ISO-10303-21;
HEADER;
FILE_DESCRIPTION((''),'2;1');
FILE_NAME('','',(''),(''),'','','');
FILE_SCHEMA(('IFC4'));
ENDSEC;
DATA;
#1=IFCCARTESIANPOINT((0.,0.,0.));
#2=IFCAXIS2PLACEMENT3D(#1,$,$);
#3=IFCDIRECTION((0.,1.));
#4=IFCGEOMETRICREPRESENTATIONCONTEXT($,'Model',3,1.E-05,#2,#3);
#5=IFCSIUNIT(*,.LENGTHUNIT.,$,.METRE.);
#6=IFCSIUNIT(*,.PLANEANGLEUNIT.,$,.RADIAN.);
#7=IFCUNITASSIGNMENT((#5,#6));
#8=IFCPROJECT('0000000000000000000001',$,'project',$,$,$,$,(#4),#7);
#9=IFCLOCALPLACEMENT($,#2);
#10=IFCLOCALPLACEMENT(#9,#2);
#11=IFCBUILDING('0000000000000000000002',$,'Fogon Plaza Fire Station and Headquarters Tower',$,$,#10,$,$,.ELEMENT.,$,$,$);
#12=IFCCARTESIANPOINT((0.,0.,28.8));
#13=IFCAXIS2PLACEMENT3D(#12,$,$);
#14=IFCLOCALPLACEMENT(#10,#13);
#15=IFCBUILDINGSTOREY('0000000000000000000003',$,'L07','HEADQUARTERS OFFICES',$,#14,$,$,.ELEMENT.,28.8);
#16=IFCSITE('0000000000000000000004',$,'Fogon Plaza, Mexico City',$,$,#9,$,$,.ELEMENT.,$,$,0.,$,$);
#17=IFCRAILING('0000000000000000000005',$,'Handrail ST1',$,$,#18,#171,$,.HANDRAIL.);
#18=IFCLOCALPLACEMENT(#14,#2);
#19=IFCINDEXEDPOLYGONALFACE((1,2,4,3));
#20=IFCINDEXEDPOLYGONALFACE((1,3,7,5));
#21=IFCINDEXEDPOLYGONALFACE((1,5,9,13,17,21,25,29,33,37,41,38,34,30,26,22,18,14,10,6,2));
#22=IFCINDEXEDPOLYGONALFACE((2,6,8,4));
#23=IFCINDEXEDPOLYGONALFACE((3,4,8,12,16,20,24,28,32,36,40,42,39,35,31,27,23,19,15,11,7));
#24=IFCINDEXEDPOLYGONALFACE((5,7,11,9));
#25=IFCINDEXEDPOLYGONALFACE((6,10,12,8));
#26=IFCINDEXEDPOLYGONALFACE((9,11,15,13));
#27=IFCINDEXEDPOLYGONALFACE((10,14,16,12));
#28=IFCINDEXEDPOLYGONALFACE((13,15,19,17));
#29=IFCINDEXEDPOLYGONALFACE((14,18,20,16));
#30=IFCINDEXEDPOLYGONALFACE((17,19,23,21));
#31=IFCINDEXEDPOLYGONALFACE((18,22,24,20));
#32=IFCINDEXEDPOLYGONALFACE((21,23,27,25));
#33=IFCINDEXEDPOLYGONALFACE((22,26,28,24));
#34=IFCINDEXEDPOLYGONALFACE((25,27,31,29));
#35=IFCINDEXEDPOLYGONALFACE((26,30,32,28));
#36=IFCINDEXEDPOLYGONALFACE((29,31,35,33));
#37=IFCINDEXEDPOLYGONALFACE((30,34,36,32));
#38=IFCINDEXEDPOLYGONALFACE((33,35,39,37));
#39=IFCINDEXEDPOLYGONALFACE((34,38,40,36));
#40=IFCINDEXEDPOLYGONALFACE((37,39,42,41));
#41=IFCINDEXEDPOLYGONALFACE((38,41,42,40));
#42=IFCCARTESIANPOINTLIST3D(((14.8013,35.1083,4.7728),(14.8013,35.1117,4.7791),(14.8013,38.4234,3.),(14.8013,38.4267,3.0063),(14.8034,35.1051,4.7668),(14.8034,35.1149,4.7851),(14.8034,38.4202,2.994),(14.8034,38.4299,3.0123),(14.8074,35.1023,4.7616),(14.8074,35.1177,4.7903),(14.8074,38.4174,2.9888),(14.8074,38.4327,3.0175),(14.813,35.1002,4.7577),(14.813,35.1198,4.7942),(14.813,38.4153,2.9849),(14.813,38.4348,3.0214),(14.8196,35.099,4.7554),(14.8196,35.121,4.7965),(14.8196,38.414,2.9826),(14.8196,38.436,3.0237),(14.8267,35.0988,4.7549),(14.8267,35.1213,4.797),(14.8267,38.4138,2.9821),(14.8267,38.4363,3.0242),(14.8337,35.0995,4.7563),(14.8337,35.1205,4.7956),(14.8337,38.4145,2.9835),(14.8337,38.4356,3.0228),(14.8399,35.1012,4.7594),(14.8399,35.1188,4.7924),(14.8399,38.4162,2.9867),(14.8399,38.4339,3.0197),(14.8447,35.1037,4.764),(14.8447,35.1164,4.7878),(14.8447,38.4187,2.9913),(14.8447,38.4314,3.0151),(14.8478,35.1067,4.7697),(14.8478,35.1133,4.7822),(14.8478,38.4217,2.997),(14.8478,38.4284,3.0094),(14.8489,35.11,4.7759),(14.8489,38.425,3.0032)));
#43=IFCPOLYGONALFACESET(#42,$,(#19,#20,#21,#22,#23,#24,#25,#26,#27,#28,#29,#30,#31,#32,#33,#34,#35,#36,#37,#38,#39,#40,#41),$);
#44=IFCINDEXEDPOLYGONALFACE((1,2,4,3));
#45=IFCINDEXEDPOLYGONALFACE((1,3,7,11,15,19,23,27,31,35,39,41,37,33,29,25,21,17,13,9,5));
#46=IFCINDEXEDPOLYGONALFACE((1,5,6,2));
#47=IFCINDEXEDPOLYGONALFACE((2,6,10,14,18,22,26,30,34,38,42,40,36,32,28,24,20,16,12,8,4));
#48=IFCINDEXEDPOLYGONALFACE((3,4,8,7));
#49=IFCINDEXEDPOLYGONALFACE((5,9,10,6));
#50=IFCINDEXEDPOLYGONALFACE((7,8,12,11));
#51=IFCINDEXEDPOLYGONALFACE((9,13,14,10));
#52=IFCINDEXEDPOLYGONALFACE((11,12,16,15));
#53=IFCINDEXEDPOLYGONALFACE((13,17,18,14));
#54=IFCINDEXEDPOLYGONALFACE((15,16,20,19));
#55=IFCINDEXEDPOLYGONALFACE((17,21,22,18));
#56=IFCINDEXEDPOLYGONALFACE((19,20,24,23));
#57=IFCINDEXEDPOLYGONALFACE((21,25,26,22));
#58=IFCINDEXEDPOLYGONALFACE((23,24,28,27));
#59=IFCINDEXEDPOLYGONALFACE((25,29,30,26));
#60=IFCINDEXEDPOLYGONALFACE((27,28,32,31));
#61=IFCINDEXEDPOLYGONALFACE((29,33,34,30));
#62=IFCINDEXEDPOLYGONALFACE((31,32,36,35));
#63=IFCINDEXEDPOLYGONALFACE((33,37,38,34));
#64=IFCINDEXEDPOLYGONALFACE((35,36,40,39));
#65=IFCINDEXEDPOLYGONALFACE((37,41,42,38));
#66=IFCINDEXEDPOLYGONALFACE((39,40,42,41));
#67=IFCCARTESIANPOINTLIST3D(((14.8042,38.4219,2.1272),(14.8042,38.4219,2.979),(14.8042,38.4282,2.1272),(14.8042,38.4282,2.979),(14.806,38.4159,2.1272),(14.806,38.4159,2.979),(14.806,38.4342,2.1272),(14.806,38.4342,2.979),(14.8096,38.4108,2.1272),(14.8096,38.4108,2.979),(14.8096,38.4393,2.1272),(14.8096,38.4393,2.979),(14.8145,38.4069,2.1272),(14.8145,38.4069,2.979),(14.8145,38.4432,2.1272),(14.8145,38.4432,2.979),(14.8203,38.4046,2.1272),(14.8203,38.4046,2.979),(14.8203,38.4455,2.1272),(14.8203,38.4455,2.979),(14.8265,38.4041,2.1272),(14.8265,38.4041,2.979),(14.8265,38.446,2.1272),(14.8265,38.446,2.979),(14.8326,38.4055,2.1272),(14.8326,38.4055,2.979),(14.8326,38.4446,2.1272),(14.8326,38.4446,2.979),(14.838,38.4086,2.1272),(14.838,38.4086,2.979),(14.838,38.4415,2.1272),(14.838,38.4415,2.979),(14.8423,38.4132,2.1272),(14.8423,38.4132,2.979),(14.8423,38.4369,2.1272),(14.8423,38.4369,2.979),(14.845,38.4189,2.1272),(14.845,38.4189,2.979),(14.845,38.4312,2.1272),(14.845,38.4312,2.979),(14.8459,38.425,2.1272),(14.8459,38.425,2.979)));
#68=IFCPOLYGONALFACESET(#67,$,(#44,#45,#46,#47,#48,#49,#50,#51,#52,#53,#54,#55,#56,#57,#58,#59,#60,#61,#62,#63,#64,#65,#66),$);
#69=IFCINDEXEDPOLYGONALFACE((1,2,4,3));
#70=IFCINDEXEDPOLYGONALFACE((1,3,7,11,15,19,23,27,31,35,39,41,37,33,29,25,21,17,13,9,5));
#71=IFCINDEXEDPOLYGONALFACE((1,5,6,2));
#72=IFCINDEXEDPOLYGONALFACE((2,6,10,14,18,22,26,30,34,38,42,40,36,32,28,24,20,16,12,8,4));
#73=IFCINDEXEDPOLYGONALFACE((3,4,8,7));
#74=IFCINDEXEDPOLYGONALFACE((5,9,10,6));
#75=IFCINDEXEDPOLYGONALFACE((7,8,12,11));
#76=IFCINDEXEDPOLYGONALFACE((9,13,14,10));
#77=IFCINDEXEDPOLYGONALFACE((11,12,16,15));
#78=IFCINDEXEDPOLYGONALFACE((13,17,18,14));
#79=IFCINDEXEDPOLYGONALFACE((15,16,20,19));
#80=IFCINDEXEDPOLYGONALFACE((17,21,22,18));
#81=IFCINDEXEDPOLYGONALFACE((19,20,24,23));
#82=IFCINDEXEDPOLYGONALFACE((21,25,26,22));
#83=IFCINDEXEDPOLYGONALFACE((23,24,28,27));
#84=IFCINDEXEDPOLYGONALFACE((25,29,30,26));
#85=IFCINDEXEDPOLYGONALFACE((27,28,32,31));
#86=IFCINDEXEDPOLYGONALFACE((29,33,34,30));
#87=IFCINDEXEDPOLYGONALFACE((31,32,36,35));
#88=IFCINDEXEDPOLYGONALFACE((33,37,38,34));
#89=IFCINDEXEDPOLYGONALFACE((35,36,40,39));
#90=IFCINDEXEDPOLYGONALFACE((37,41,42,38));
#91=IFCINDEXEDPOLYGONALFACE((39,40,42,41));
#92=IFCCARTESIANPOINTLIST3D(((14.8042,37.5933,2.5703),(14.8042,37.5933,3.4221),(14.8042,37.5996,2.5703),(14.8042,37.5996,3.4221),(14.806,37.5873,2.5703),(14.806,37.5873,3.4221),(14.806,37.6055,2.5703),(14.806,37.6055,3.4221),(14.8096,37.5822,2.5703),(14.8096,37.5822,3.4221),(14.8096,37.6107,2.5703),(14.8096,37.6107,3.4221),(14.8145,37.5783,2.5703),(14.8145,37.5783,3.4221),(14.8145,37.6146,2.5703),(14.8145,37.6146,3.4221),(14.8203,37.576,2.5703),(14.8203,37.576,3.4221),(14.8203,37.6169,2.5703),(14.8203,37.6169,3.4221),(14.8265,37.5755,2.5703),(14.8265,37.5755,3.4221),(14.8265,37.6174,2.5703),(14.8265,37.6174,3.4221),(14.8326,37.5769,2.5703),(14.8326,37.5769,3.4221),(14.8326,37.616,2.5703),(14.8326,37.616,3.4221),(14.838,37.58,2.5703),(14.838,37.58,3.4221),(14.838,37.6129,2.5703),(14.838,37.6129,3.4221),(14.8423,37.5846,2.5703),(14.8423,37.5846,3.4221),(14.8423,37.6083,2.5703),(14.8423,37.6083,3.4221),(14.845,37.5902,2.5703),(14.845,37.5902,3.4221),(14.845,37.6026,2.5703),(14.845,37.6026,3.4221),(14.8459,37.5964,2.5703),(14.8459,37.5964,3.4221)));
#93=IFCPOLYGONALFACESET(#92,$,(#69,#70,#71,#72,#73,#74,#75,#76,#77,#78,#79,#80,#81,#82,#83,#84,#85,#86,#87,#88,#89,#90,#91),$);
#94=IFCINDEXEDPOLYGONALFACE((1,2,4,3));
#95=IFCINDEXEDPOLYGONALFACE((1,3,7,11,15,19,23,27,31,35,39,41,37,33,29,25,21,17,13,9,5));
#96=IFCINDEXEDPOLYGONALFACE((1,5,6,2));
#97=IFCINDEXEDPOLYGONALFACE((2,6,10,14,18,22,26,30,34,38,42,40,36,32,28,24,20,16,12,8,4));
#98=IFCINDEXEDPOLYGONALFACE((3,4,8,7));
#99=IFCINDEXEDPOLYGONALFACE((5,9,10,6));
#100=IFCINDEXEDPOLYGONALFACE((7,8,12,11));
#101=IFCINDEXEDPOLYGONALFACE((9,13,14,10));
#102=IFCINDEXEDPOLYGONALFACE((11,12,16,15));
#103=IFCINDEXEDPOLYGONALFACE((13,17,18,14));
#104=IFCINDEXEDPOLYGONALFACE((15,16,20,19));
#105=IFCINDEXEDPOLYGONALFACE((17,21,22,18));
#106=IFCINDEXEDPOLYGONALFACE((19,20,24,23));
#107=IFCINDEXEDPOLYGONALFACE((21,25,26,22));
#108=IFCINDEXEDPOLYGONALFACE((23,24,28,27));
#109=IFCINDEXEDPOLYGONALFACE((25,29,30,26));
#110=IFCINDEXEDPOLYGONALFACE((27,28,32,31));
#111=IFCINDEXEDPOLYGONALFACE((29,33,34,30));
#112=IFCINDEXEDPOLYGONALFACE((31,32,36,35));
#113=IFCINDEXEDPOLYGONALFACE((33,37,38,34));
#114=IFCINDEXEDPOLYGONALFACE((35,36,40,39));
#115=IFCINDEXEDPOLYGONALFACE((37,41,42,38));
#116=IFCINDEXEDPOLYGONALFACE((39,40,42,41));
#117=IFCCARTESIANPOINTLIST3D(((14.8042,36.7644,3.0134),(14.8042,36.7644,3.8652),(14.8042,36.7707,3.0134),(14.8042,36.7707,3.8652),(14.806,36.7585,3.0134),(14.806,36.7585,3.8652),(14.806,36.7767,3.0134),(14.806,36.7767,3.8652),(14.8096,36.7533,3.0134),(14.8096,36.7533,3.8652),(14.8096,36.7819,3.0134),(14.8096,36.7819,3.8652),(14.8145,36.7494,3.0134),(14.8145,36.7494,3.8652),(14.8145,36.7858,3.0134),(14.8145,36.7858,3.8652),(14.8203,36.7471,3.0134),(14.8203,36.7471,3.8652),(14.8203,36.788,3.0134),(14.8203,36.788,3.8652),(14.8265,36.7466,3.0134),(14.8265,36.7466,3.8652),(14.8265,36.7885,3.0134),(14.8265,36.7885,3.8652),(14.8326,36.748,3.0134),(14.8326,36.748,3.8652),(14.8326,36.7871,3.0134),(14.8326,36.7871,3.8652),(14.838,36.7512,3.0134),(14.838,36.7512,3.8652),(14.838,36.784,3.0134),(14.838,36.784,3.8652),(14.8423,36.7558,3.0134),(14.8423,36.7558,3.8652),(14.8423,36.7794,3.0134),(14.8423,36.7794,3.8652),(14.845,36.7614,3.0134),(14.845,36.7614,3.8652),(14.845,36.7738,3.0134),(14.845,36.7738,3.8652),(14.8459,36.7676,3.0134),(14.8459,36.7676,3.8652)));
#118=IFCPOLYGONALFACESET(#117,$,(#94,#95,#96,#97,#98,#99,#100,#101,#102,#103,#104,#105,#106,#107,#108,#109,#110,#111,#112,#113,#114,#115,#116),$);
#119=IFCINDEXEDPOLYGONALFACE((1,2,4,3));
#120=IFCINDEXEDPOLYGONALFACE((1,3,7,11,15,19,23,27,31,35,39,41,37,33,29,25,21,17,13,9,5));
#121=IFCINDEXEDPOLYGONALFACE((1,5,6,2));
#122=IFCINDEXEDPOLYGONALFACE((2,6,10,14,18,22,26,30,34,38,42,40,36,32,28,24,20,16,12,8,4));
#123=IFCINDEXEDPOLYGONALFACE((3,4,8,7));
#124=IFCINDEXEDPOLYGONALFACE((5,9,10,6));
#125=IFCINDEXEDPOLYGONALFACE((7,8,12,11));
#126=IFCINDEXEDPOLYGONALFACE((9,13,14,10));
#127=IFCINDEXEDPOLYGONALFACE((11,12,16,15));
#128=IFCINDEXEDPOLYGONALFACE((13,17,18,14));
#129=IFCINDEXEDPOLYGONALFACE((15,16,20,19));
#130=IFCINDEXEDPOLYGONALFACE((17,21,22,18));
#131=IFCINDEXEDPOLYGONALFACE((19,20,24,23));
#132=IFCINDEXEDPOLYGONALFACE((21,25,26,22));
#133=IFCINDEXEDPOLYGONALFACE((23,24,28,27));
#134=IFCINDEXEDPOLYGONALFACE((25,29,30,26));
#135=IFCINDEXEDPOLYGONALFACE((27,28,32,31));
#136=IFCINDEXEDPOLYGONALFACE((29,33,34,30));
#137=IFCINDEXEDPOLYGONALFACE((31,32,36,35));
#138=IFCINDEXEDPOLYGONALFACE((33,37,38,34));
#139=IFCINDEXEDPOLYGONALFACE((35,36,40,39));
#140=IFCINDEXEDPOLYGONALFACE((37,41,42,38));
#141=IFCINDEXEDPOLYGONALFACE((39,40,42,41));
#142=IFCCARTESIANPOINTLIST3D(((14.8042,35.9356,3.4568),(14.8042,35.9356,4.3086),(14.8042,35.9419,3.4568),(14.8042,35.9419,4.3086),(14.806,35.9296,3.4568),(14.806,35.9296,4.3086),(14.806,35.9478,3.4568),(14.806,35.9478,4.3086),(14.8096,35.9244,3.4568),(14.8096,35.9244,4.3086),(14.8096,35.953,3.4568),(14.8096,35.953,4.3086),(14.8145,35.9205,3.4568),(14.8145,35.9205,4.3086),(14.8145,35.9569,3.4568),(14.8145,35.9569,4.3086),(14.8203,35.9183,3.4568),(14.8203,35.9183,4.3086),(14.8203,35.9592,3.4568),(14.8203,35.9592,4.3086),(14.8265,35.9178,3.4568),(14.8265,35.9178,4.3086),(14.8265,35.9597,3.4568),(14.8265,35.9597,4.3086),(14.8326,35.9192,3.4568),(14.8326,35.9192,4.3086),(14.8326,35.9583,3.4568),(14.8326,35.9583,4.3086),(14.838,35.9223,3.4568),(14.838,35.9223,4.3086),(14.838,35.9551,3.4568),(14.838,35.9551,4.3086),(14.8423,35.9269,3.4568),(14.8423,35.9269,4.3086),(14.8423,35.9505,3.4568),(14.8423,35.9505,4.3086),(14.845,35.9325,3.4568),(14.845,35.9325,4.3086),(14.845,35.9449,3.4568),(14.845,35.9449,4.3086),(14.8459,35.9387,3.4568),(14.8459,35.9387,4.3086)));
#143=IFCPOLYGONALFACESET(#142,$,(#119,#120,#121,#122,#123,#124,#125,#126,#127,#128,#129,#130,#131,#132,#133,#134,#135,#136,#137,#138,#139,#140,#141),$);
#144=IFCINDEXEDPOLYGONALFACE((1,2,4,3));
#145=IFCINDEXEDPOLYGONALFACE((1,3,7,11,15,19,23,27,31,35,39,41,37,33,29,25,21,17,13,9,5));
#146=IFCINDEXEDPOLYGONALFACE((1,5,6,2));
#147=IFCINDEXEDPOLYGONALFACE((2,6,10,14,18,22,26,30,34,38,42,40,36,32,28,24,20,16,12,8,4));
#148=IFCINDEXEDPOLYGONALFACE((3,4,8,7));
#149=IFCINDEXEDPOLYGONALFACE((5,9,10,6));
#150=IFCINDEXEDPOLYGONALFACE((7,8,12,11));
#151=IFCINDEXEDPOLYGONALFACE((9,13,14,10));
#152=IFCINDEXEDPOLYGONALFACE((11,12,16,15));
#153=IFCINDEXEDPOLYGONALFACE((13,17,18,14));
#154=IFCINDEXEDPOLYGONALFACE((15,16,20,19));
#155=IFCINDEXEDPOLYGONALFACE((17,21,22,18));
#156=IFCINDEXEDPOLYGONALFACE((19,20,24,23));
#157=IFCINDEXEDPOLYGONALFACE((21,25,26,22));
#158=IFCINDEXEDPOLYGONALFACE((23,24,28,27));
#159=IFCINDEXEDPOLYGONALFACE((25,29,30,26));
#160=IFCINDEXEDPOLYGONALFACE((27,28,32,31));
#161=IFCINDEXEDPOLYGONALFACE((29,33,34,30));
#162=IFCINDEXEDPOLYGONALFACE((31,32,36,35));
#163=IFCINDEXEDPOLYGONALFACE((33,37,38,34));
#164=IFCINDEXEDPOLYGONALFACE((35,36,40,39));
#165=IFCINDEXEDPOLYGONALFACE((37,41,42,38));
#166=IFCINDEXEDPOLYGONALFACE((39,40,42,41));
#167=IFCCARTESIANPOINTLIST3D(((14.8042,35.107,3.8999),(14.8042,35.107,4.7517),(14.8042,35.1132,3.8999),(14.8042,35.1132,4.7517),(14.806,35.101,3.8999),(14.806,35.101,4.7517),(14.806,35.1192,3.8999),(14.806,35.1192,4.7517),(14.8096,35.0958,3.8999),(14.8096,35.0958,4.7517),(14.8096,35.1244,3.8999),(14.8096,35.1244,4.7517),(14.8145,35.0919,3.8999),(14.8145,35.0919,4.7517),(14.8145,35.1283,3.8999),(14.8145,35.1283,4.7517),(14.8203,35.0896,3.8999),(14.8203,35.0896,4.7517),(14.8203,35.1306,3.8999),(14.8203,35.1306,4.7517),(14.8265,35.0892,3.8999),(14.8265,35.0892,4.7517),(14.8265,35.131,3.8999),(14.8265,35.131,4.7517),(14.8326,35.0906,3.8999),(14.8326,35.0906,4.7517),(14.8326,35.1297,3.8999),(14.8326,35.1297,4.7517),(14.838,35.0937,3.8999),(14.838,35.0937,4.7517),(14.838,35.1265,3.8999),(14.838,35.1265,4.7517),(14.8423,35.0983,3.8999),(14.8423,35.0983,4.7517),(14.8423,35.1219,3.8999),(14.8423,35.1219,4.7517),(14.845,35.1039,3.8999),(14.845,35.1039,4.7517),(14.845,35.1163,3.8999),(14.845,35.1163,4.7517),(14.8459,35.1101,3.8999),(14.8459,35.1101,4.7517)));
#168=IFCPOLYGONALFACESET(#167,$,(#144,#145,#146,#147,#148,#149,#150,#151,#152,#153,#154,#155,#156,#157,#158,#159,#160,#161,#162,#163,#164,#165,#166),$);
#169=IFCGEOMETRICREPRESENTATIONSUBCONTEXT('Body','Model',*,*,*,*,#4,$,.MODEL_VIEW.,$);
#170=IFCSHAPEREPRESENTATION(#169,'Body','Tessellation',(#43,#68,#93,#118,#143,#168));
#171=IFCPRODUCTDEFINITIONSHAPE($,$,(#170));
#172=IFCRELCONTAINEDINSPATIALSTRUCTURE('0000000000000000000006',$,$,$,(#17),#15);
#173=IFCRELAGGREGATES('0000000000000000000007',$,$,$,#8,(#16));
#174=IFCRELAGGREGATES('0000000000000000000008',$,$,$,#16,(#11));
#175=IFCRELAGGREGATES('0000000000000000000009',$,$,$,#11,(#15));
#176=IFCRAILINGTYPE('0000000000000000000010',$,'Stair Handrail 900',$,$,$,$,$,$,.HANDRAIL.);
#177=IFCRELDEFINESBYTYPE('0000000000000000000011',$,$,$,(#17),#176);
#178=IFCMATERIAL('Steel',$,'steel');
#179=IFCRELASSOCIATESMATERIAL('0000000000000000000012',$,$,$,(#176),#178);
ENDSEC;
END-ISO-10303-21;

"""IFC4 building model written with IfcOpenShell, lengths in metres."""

from ifc_helpers import new_model, si_unit, direction, frame, origin, origin_2d, place, context, subcontext, project, spatial, circle, extrude, material, type_object, element, save


model = new_model("IFC4")

# Units and contexts
model_context = context("Model", 3, precision=1e-05, world=origin(), true_north=direction((0.0, 1.0)))
body_context = subcontext(model_context, "Body", "Model", "MODEL_VIEW")
ifc_project = project(units=[si_unit("LENGTHUNIT", "METRE"), si_unit("PLANEANGLEUNIT", "RADIAN")], contexts=[model_context])

# Site, building, storey
site_placement = place(None, origin())
site = spatial("IfcSite", under=ifc_project, at=site_placement, Name="Fogon Plaza, Mexico City", CompositionType="ELEMENT", RefElevation=0.0)
building_placement = place(site_placement, origin())
building = spatial("IfcBuilding", under=site, at=building_placement, Name="Fogon Plaza Fire Station and Headquarters Tower", CompositionType="ELEMENT")
storey_placement = place(building_placement, frame((0.0, 0.0, 28.8)))
storey = spatial("IfcBuildingStorey", under=building, at=storey_placement, Name="L07", Description="HEADQUARTERS OFFICES", CompositionType="ELEMENT", Elevation=28.8)

# Railing
ifc_material_1 = material(Name="Steel", Category="steel")
railing_type = type_object("IfcRailingType", Name="Stair Handrail 900", PredefinedType="HANDRAIL", material=ifc_material_1)
for number, where, name in (
    (1, (14.825, 38.425, 2.1272), "Handrail ST1"),
):
    element("IfcRailing", number, at=place(storey_placement, frame(where)), inside=storey, type_object=railing_type, Name=name, PredefinedType="HANDRAIL", context=body_context, shape_type="SweptSolid", body=[
        extrude(circle(Radius=0.0239, at=origin_2d()), frame((0.0, 0.0, 0.876), z_axis=(0.0, -0.881829, 0.471569), x_axis=(1.0, 0.0, 0.0)), (0.0, 0.0, 1.0), 3.7593),
        extrude(circle(Radius=0.021, at=origin_2d()), origin(), (0.0, 0.0, 1.0), 0.8518),
        extrude(circle(Radius=0.021, at=origin_2d()), frame((0.0, -0.8286, 0.4431)), (0.0, 0.0, 1.0), 0.8518),
        extrude(circle(Radius=0.021, at=origin_2d()), frame((0.0, -1.6575, 0.8862)), (0.0, 0.0, 1.0), 0.8518),
        extrude(circle(Radius=0.021, at=origin_2d()), frame((0.0, -2.4863, 1.3296)), (0.0, 0.0, 1.0), 0.8518),
        extrude(circle(Radius=0.021, at=origin_2d()), frame((0.0, -3.3149, 1.7727)), (0.0, 0.0, 1.0), 0.8518),
    ])

save(model, "model.ifc")
